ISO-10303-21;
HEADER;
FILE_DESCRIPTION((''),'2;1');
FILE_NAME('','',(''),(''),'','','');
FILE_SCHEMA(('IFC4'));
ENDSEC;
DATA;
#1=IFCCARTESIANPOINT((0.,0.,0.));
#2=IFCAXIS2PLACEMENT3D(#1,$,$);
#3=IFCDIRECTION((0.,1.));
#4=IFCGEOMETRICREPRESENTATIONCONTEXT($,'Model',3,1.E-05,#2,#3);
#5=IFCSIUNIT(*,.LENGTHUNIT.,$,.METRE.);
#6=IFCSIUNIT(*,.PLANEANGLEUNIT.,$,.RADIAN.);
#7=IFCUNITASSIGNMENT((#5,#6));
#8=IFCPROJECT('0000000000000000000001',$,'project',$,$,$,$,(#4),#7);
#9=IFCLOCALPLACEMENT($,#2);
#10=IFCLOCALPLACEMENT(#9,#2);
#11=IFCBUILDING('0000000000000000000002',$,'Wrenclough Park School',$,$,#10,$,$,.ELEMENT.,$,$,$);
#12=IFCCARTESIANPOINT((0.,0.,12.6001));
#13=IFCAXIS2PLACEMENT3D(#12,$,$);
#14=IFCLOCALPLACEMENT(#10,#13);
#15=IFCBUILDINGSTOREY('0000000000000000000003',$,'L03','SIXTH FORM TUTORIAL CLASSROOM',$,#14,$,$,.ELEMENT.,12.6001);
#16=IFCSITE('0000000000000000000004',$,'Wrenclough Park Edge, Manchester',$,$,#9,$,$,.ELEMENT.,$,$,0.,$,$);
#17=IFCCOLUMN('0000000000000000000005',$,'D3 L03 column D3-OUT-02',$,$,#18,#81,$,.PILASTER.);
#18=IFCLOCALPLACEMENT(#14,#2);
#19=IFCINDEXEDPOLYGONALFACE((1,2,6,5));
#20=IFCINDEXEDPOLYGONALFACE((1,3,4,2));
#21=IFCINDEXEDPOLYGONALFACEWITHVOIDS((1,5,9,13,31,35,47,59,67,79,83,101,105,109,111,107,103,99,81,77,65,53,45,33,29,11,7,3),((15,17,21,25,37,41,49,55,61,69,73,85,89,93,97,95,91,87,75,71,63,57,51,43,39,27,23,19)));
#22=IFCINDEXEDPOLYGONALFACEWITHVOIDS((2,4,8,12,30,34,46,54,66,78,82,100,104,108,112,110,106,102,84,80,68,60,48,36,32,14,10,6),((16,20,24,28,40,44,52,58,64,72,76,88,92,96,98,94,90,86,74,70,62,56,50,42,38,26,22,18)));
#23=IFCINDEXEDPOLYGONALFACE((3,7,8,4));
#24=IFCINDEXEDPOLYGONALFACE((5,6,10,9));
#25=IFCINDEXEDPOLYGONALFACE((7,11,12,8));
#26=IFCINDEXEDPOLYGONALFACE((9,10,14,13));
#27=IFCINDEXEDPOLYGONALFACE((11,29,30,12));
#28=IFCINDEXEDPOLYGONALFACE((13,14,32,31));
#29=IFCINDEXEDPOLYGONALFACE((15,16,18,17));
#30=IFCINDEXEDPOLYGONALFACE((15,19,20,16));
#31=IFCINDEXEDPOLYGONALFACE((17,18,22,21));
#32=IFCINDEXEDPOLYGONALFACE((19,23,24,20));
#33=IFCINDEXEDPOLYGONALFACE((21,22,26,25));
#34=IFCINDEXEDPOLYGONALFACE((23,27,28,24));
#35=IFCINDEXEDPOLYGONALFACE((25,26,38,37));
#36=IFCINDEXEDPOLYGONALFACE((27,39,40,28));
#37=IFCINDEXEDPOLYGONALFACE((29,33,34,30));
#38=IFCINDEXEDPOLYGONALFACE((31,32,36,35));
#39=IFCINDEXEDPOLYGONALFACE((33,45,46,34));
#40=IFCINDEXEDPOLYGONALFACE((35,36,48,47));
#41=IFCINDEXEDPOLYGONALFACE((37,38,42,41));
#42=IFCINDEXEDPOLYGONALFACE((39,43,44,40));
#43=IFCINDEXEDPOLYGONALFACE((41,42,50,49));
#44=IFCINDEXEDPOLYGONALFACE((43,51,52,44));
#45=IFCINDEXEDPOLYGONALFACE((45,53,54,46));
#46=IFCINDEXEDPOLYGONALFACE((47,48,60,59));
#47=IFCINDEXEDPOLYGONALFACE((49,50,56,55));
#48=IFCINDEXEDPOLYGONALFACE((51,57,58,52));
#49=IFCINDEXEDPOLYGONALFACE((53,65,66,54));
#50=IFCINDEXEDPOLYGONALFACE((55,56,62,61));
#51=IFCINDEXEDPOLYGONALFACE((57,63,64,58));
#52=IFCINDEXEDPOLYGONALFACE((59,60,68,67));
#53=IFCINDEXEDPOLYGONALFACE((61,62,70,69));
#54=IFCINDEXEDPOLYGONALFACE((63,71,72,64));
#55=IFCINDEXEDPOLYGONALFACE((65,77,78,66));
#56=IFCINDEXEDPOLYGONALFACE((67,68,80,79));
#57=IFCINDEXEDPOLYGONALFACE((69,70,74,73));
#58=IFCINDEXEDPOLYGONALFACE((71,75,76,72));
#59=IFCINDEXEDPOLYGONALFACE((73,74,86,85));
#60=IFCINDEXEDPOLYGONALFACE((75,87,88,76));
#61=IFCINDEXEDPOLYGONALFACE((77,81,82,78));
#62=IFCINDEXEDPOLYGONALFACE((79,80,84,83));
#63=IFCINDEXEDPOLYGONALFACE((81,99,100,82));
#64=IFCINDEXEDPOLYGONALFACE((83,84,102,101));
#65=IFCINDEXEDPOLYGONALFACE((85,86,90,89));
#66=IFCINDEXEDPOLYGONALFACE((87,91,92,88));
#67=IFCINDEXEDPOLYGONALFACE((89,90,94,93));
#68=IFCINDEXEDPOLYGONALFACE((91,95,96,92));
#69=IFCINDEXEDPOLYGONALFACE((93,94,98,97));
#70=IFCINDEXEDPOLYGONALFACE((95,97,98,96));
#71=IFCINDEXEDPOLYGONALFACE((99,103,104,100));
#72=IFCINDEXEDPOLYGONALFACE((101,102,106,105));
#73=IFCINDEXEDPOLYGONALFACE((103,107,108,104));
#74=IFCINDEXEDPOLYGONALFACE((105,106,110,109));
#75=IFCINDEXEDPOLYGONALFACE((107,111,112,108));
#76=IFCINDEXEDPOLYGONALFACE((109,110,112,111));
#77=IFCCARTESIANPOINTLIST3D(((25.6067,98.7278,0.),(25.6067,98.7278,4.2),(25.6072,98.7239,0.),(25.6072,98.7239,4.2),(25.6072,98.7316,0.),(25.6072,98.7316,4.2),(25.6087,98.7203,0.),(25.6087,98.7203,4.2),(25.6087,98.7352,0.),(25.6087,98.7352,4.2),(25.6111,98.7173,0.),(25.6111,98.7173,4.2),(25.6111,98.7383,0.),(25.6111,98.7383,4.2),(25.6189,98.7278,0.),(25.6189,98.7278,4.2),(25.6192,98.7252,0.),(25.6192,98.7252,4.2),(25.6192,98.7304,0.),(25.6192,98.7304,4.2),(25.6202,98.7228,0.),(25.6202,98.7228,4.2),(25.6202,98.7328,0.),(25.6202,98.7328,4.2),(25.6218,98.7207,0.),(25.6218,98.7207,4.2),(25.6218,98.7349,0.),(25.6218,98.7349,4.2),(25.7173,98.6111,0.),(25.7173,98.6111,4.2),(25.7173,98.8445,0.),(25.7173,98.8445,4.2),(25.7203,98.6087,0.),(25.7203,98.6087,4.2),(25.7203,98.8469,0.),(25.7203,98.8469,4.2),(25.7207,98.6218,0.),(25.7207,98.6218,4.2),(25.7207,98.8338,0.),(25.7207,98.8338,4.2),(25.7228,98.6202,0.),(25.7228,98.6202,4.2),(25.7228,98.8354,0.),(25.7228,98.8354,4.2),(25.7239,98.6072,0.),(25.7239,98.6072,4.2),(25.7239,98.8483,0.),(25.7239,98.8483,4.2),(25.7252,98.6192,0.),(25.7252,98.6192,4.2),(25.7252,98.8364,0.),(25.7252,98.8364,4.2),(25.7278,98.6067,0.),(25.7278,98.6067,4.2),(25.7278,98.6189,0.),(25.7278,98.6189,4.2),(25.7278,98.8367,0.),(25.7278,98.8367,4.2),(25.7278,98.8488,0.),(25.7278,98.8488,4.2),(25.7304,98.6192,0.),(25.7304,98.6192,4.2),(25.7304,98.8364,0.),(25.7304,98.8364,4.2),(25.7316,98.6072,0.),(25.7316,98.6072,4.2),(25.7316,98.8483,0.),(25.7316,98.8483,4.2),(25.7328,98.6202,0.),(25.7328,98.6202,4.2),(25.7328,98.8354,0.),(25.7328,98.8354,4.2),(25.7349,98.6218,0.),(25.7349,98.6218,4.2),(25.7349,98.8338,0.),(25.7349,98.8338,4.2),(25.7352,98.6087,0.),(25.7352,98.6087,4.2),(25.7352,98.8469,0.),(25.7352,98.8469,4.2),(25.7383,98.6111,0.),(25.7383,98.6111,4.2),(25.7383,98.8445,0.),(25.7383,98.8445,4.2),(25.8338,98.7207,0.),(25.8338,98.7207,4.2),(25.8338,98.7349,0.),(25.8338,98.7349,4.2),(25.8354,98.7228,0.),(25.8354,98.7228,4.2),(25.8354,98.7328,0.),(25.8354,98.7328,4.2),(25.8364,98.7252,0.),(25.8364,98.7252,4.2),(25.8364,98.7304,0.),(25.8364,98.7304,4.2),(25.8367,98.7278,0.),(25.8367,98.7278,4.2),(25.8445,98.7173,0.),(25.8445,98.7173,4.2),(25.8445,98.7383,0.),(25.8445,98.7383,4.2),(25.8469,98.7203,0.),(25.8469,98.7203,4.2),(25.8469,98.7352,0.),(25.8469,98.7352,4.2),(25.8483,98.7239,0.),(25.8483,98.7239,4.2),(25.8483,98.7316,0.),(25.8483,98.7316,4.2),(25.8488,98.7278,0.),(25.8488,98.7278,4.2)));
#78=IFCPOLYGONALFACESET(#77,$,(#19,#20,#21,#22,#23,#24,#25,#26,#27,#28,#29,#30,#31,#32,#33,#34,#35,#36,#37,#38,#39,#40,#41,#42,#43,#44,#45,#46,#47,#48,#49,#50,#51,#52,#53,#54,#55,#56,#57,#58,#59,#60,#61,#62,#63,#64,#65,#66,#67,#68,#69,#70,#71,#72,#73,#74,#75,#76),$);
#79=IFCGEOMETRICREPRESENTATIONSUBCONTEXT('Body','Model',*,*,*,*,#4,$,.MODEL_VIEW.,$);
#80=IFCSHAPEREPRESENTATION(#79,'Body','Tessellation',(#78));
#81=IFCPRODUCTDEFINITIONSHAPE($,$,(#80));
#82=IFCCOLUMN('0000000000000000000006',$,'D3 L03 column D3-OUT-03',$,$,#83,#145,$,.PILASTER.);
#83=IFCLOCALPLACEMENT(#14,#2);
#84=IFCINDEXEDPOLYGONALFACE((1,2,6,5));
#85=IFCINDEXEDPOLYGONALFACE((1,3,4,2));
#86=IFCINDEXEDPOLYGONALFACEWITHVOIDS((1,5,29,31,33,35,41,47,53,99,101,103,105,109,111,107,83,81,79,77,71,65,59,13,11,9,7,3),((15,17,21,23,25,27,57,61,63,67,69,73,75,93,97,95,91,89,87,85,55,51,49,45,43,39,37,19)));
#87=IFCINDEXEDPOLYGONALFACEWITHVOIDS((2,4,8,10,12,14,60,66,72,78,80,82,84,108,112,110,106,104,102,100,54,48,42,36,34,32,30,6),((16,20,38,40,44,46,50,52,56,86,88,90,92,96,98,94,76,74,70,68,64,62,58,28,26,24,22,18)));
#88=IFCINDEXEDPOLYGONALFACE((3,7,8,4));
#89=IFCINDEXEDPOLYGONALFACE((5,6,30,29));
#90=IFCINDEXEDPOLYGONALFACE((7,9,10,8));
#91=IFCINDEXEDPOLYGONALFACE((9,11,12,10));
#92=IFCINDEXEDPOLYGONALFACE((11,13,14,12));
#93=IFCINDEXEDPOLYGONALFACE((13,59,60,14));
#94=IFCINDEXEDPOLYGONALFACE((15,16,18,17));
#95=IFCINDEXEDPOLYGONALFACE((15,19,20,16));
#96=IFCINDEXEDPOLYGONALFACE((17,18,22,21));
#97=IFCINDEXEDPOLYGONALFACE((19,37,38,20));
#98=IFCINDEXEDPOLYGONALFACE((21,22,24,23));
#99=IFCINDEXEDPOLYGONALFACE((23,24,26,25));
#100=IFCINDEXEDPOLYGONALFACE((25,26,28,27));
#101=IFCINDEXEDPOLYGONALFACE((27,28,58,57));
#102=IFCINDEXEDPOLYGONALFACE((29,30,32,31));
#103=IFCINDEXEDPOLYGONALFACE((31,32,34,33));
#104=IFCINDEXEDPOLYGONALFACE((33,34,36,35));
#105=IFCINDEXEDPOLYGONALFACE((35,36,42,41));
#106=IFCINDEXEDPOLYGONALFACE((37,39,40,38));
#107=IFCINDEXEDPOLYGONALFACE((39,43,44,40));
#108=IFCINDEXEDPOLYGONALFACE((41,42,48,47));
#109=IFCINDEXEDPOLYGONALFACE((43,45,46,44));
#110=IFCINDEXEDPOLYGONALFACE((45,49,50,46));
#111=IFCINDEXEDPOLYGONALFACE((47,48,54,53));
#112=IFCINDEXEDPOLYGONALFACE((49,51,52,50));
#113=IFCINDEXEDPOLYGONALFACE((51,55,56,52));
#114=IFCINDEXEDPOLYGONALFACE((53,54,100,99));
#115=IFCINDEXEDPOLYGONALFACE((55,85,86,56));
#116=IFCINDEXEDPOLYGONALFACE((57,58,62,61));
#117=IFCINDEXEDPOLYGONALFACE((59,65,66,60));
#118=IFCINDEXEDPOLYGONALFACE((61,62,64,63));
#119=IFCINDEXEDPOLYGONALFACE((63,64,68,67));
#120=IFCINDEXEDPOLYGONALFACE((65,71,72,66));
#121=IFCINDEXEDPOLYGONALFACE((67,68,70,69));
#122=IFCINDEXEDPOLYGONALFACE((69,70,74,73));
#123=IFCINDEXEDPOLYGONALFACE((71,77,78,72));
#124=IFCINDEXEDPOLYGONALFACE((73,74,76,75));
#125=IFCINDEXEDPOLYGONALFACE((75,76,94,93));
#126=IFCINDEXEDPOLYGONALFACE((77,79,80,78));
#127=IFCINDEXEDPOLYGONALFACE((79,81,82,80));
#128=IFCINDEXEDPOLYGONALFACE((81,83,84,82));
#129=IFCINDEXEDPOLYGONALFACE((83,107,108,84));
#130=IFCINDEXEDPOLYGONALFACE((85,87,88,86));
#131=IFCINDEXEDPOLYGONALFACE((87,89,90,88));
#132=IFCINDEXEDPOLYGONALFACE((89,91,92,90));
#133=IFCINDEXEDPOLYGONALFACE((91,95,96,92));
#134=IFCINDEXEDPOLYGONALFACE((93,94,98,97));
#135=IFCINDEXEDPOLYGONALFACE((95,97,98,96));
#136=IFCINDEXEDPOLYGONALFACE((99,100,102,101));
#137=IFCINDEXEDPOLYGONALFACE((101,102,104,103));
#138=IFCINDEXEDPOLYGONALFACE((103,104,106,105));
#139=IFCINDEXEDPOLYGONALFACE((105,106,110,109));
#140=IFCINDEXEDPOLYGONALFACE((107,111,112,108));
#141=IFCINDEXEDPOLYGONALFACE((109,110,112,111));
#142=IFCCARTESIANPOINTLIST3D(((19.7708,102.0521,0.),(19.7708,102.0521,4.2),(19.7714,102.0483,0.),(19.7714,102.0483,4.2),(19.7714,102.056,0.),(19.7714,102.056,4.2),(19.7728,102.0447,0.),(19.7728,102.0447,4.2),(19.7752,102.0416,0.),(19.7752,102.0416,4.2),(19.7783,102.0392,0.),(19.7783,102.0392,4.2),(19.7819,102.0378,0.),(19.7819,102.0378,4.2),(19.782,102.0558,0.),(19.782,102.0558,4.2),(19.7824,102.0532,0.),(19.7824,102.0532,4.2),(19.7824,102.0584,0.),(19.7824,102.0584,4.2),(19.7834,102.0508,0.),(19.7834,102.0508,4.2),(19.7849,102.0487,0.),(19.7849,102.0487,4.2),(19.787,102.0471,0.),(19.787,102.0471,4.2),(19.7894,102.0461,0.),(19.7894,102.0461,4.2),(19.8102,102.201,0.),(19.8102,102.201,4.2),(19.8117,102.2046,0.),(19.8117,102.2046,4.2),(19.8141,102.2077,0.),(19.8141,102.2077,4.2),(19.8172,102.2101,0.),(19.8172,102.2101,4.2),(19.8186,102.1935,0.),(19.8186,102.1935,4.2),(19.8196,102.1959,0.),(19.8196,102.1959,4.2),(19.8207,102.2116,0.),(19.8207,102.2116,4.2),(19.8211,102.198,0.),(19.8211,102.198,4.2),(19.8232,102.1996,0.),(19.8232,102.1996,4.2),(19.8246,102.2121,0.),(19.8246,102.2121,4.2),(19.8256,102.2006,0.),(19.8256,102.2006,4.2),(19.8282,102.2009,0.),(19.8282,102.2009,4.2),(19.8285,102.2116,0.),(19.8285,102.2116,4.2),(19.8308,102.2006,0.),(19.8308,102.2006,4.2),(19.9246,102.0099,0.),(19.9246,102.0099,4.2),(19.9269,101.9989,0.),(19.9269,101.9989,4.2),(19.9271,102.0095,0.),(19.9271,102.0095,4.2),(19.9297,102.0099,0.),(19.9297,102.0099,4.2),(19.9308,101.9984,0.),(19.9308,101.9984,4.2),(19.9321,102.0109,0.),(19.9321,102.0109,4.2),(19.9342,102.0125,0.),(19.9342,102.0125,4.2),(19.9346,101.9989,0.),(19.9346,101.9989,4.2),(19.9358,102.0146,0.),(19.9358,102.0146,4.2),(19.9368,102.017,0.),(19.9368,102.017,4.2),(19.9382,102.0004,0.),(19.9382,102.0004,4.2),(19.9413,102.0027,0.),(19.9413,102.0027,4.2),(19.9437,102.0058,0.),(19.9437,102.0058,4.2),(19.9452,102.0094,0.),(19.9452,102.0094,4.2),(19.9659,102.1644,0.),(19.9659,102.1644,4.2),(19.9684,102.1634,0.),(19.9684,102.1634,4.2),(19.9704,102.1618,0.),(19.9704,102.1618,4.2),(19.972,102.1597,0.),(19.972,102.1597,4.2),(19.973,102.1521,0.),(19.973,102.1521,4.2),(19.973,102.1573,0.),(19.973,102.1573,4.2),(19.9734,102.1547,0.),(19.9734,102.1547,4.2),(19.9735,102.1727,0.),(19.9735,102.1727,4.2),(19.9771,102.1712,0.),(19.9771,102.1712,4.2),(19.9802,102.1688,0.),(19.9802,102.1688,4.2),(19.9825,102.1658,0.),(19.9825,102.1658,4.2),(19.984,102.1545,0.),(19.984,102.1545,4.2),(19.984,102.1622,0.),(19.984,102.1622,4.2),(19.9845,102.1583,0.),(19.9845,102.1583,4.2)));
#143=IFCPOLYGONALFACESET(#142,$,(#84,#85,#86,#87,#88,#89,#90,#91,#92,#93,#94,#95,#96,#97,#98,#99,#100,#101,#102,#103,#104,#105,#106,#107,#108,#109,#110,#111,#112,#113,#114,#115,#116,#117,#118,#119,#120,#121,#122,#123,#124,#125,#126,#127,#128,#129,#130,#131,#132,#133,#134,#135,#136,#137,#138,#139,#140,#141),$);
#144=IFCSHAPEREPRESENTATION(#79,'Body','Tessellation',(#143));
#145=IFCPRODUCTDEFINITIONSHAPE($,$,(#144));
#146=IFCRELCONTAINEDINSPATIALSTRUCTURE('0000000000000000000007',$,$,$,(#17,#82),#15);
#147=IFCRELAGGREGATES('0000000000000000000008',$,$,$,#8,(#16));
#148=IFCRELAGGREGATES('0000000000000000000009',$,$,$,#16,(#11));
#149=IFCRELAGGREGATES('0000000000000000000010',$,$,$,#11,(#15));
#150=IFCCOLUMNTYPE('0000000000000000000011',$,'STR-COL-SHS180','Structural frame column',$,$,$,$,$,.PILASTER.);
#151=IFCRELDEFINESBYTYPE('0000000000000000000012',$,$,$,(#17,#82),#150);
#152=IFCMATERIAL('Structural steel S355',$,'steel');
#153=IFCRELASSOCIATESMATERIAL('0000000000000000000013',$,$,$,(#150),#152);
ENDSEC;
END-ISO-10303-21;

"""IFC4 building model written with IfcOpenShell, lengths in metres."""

from ifc_helpers import new_model, si_unit, direction, frame, origin, origin_2d, place, context, subcontext, project, spatial, hollow_rectangle, extrude, material, material_profile, profile_set, type_object, element, save


model = new_model("IFC4")

# Units and contexts
model_context = context("Model", 3, precision=1e-05, world=origin(), true_north=direction((0.0, 1.0)))
body_context = subcontext(model_context, "Body", "Model", "MODEL_VIEW")
ifc_project = project(units=[si_unit("LENGTHUNIT", "METRE"), si_unit("PLANEANGLEUNIT", "RADIAN")], contexts=[model_context])

# Site, building, storey
site_placement = place(None, origin())
site = spatial("IfcSite", under=ifc_project, at=site_placement, Name="Wrenclough Park Edge, Manchester", CompositionType="ELEMENT", RefElevation=0.0)
building_placement = place(site_placement, origin())
building = spatial("IfcBuilding", under=site, at=building_placement, Name="Wrenclough Park School", CompositionType="ELEMENT")
storey_placement = place(building_placement, frame((0.0, 0.0, 12.6001)))
storey = spatial("IfcBuildingStorey", under=building, at=storey_placement, Name="L03", Description="SIXTH FORM TUTORIAL CLASSROOM", CompositionType="ELEMENT", Elevation=12.6001)

# Columns
ifc_material_1 = material(Name="Structural steel S355", Category="steel")
ifc_material_profile_1 = material_profile(ifc_material_1, hollow_rectangle(XDim=0.1799, YDim=0.1799, WallThickness=0.01, InnerFilletRadius=0.01, OuterFilletRadius=0.0149, at=origin_2d()), Name="SHS 180x180x10.0")
ifc_profile_set_1 = profile_set([ifc_material_profile_1], Name="Structural steel S355")
column_type = type_object("IfcColumnType", Name="STR-COL-SHS180", Description="Structural frame column", PredefinedType="PILASTER", material=ifc_profile_set_1)
for number, where, z_axis, x_axis, name in (
    (1, (25.7278, 98.7278, 0.0), (0.0, 0.0, 1.0), (-0.707107, 0.707107, 0.0), "D3 L03 column D3-OUT-02"),
    (2, (19.8777, 102.1052, 0.0), (0.0, 0.0, 1.0), (-0.965926, 0.258819, 0.0), "D3 L03 column D3-OUT-03"),
):
    element("IfcColumn", number, at=place(storey_placement, frame(where, z_axis=z_axis, x_axis=x_axis)), inside=storey, type_object=column_type, Name=name, PredefinedType="PILASTER", context=body_context, shape_type="SweptSolid", body=[
        extrude(hollow_rectangle(XDim=0.1799, YDim=0.1799, WallThickness=0.01, InnerFilletRadius=0.01, OuterFilletRadius=0.0149, at=origin_2d()), origin(), (0.0, 0.0, 1.0), 4.2),
    ])

save(model, "model.ifc")
